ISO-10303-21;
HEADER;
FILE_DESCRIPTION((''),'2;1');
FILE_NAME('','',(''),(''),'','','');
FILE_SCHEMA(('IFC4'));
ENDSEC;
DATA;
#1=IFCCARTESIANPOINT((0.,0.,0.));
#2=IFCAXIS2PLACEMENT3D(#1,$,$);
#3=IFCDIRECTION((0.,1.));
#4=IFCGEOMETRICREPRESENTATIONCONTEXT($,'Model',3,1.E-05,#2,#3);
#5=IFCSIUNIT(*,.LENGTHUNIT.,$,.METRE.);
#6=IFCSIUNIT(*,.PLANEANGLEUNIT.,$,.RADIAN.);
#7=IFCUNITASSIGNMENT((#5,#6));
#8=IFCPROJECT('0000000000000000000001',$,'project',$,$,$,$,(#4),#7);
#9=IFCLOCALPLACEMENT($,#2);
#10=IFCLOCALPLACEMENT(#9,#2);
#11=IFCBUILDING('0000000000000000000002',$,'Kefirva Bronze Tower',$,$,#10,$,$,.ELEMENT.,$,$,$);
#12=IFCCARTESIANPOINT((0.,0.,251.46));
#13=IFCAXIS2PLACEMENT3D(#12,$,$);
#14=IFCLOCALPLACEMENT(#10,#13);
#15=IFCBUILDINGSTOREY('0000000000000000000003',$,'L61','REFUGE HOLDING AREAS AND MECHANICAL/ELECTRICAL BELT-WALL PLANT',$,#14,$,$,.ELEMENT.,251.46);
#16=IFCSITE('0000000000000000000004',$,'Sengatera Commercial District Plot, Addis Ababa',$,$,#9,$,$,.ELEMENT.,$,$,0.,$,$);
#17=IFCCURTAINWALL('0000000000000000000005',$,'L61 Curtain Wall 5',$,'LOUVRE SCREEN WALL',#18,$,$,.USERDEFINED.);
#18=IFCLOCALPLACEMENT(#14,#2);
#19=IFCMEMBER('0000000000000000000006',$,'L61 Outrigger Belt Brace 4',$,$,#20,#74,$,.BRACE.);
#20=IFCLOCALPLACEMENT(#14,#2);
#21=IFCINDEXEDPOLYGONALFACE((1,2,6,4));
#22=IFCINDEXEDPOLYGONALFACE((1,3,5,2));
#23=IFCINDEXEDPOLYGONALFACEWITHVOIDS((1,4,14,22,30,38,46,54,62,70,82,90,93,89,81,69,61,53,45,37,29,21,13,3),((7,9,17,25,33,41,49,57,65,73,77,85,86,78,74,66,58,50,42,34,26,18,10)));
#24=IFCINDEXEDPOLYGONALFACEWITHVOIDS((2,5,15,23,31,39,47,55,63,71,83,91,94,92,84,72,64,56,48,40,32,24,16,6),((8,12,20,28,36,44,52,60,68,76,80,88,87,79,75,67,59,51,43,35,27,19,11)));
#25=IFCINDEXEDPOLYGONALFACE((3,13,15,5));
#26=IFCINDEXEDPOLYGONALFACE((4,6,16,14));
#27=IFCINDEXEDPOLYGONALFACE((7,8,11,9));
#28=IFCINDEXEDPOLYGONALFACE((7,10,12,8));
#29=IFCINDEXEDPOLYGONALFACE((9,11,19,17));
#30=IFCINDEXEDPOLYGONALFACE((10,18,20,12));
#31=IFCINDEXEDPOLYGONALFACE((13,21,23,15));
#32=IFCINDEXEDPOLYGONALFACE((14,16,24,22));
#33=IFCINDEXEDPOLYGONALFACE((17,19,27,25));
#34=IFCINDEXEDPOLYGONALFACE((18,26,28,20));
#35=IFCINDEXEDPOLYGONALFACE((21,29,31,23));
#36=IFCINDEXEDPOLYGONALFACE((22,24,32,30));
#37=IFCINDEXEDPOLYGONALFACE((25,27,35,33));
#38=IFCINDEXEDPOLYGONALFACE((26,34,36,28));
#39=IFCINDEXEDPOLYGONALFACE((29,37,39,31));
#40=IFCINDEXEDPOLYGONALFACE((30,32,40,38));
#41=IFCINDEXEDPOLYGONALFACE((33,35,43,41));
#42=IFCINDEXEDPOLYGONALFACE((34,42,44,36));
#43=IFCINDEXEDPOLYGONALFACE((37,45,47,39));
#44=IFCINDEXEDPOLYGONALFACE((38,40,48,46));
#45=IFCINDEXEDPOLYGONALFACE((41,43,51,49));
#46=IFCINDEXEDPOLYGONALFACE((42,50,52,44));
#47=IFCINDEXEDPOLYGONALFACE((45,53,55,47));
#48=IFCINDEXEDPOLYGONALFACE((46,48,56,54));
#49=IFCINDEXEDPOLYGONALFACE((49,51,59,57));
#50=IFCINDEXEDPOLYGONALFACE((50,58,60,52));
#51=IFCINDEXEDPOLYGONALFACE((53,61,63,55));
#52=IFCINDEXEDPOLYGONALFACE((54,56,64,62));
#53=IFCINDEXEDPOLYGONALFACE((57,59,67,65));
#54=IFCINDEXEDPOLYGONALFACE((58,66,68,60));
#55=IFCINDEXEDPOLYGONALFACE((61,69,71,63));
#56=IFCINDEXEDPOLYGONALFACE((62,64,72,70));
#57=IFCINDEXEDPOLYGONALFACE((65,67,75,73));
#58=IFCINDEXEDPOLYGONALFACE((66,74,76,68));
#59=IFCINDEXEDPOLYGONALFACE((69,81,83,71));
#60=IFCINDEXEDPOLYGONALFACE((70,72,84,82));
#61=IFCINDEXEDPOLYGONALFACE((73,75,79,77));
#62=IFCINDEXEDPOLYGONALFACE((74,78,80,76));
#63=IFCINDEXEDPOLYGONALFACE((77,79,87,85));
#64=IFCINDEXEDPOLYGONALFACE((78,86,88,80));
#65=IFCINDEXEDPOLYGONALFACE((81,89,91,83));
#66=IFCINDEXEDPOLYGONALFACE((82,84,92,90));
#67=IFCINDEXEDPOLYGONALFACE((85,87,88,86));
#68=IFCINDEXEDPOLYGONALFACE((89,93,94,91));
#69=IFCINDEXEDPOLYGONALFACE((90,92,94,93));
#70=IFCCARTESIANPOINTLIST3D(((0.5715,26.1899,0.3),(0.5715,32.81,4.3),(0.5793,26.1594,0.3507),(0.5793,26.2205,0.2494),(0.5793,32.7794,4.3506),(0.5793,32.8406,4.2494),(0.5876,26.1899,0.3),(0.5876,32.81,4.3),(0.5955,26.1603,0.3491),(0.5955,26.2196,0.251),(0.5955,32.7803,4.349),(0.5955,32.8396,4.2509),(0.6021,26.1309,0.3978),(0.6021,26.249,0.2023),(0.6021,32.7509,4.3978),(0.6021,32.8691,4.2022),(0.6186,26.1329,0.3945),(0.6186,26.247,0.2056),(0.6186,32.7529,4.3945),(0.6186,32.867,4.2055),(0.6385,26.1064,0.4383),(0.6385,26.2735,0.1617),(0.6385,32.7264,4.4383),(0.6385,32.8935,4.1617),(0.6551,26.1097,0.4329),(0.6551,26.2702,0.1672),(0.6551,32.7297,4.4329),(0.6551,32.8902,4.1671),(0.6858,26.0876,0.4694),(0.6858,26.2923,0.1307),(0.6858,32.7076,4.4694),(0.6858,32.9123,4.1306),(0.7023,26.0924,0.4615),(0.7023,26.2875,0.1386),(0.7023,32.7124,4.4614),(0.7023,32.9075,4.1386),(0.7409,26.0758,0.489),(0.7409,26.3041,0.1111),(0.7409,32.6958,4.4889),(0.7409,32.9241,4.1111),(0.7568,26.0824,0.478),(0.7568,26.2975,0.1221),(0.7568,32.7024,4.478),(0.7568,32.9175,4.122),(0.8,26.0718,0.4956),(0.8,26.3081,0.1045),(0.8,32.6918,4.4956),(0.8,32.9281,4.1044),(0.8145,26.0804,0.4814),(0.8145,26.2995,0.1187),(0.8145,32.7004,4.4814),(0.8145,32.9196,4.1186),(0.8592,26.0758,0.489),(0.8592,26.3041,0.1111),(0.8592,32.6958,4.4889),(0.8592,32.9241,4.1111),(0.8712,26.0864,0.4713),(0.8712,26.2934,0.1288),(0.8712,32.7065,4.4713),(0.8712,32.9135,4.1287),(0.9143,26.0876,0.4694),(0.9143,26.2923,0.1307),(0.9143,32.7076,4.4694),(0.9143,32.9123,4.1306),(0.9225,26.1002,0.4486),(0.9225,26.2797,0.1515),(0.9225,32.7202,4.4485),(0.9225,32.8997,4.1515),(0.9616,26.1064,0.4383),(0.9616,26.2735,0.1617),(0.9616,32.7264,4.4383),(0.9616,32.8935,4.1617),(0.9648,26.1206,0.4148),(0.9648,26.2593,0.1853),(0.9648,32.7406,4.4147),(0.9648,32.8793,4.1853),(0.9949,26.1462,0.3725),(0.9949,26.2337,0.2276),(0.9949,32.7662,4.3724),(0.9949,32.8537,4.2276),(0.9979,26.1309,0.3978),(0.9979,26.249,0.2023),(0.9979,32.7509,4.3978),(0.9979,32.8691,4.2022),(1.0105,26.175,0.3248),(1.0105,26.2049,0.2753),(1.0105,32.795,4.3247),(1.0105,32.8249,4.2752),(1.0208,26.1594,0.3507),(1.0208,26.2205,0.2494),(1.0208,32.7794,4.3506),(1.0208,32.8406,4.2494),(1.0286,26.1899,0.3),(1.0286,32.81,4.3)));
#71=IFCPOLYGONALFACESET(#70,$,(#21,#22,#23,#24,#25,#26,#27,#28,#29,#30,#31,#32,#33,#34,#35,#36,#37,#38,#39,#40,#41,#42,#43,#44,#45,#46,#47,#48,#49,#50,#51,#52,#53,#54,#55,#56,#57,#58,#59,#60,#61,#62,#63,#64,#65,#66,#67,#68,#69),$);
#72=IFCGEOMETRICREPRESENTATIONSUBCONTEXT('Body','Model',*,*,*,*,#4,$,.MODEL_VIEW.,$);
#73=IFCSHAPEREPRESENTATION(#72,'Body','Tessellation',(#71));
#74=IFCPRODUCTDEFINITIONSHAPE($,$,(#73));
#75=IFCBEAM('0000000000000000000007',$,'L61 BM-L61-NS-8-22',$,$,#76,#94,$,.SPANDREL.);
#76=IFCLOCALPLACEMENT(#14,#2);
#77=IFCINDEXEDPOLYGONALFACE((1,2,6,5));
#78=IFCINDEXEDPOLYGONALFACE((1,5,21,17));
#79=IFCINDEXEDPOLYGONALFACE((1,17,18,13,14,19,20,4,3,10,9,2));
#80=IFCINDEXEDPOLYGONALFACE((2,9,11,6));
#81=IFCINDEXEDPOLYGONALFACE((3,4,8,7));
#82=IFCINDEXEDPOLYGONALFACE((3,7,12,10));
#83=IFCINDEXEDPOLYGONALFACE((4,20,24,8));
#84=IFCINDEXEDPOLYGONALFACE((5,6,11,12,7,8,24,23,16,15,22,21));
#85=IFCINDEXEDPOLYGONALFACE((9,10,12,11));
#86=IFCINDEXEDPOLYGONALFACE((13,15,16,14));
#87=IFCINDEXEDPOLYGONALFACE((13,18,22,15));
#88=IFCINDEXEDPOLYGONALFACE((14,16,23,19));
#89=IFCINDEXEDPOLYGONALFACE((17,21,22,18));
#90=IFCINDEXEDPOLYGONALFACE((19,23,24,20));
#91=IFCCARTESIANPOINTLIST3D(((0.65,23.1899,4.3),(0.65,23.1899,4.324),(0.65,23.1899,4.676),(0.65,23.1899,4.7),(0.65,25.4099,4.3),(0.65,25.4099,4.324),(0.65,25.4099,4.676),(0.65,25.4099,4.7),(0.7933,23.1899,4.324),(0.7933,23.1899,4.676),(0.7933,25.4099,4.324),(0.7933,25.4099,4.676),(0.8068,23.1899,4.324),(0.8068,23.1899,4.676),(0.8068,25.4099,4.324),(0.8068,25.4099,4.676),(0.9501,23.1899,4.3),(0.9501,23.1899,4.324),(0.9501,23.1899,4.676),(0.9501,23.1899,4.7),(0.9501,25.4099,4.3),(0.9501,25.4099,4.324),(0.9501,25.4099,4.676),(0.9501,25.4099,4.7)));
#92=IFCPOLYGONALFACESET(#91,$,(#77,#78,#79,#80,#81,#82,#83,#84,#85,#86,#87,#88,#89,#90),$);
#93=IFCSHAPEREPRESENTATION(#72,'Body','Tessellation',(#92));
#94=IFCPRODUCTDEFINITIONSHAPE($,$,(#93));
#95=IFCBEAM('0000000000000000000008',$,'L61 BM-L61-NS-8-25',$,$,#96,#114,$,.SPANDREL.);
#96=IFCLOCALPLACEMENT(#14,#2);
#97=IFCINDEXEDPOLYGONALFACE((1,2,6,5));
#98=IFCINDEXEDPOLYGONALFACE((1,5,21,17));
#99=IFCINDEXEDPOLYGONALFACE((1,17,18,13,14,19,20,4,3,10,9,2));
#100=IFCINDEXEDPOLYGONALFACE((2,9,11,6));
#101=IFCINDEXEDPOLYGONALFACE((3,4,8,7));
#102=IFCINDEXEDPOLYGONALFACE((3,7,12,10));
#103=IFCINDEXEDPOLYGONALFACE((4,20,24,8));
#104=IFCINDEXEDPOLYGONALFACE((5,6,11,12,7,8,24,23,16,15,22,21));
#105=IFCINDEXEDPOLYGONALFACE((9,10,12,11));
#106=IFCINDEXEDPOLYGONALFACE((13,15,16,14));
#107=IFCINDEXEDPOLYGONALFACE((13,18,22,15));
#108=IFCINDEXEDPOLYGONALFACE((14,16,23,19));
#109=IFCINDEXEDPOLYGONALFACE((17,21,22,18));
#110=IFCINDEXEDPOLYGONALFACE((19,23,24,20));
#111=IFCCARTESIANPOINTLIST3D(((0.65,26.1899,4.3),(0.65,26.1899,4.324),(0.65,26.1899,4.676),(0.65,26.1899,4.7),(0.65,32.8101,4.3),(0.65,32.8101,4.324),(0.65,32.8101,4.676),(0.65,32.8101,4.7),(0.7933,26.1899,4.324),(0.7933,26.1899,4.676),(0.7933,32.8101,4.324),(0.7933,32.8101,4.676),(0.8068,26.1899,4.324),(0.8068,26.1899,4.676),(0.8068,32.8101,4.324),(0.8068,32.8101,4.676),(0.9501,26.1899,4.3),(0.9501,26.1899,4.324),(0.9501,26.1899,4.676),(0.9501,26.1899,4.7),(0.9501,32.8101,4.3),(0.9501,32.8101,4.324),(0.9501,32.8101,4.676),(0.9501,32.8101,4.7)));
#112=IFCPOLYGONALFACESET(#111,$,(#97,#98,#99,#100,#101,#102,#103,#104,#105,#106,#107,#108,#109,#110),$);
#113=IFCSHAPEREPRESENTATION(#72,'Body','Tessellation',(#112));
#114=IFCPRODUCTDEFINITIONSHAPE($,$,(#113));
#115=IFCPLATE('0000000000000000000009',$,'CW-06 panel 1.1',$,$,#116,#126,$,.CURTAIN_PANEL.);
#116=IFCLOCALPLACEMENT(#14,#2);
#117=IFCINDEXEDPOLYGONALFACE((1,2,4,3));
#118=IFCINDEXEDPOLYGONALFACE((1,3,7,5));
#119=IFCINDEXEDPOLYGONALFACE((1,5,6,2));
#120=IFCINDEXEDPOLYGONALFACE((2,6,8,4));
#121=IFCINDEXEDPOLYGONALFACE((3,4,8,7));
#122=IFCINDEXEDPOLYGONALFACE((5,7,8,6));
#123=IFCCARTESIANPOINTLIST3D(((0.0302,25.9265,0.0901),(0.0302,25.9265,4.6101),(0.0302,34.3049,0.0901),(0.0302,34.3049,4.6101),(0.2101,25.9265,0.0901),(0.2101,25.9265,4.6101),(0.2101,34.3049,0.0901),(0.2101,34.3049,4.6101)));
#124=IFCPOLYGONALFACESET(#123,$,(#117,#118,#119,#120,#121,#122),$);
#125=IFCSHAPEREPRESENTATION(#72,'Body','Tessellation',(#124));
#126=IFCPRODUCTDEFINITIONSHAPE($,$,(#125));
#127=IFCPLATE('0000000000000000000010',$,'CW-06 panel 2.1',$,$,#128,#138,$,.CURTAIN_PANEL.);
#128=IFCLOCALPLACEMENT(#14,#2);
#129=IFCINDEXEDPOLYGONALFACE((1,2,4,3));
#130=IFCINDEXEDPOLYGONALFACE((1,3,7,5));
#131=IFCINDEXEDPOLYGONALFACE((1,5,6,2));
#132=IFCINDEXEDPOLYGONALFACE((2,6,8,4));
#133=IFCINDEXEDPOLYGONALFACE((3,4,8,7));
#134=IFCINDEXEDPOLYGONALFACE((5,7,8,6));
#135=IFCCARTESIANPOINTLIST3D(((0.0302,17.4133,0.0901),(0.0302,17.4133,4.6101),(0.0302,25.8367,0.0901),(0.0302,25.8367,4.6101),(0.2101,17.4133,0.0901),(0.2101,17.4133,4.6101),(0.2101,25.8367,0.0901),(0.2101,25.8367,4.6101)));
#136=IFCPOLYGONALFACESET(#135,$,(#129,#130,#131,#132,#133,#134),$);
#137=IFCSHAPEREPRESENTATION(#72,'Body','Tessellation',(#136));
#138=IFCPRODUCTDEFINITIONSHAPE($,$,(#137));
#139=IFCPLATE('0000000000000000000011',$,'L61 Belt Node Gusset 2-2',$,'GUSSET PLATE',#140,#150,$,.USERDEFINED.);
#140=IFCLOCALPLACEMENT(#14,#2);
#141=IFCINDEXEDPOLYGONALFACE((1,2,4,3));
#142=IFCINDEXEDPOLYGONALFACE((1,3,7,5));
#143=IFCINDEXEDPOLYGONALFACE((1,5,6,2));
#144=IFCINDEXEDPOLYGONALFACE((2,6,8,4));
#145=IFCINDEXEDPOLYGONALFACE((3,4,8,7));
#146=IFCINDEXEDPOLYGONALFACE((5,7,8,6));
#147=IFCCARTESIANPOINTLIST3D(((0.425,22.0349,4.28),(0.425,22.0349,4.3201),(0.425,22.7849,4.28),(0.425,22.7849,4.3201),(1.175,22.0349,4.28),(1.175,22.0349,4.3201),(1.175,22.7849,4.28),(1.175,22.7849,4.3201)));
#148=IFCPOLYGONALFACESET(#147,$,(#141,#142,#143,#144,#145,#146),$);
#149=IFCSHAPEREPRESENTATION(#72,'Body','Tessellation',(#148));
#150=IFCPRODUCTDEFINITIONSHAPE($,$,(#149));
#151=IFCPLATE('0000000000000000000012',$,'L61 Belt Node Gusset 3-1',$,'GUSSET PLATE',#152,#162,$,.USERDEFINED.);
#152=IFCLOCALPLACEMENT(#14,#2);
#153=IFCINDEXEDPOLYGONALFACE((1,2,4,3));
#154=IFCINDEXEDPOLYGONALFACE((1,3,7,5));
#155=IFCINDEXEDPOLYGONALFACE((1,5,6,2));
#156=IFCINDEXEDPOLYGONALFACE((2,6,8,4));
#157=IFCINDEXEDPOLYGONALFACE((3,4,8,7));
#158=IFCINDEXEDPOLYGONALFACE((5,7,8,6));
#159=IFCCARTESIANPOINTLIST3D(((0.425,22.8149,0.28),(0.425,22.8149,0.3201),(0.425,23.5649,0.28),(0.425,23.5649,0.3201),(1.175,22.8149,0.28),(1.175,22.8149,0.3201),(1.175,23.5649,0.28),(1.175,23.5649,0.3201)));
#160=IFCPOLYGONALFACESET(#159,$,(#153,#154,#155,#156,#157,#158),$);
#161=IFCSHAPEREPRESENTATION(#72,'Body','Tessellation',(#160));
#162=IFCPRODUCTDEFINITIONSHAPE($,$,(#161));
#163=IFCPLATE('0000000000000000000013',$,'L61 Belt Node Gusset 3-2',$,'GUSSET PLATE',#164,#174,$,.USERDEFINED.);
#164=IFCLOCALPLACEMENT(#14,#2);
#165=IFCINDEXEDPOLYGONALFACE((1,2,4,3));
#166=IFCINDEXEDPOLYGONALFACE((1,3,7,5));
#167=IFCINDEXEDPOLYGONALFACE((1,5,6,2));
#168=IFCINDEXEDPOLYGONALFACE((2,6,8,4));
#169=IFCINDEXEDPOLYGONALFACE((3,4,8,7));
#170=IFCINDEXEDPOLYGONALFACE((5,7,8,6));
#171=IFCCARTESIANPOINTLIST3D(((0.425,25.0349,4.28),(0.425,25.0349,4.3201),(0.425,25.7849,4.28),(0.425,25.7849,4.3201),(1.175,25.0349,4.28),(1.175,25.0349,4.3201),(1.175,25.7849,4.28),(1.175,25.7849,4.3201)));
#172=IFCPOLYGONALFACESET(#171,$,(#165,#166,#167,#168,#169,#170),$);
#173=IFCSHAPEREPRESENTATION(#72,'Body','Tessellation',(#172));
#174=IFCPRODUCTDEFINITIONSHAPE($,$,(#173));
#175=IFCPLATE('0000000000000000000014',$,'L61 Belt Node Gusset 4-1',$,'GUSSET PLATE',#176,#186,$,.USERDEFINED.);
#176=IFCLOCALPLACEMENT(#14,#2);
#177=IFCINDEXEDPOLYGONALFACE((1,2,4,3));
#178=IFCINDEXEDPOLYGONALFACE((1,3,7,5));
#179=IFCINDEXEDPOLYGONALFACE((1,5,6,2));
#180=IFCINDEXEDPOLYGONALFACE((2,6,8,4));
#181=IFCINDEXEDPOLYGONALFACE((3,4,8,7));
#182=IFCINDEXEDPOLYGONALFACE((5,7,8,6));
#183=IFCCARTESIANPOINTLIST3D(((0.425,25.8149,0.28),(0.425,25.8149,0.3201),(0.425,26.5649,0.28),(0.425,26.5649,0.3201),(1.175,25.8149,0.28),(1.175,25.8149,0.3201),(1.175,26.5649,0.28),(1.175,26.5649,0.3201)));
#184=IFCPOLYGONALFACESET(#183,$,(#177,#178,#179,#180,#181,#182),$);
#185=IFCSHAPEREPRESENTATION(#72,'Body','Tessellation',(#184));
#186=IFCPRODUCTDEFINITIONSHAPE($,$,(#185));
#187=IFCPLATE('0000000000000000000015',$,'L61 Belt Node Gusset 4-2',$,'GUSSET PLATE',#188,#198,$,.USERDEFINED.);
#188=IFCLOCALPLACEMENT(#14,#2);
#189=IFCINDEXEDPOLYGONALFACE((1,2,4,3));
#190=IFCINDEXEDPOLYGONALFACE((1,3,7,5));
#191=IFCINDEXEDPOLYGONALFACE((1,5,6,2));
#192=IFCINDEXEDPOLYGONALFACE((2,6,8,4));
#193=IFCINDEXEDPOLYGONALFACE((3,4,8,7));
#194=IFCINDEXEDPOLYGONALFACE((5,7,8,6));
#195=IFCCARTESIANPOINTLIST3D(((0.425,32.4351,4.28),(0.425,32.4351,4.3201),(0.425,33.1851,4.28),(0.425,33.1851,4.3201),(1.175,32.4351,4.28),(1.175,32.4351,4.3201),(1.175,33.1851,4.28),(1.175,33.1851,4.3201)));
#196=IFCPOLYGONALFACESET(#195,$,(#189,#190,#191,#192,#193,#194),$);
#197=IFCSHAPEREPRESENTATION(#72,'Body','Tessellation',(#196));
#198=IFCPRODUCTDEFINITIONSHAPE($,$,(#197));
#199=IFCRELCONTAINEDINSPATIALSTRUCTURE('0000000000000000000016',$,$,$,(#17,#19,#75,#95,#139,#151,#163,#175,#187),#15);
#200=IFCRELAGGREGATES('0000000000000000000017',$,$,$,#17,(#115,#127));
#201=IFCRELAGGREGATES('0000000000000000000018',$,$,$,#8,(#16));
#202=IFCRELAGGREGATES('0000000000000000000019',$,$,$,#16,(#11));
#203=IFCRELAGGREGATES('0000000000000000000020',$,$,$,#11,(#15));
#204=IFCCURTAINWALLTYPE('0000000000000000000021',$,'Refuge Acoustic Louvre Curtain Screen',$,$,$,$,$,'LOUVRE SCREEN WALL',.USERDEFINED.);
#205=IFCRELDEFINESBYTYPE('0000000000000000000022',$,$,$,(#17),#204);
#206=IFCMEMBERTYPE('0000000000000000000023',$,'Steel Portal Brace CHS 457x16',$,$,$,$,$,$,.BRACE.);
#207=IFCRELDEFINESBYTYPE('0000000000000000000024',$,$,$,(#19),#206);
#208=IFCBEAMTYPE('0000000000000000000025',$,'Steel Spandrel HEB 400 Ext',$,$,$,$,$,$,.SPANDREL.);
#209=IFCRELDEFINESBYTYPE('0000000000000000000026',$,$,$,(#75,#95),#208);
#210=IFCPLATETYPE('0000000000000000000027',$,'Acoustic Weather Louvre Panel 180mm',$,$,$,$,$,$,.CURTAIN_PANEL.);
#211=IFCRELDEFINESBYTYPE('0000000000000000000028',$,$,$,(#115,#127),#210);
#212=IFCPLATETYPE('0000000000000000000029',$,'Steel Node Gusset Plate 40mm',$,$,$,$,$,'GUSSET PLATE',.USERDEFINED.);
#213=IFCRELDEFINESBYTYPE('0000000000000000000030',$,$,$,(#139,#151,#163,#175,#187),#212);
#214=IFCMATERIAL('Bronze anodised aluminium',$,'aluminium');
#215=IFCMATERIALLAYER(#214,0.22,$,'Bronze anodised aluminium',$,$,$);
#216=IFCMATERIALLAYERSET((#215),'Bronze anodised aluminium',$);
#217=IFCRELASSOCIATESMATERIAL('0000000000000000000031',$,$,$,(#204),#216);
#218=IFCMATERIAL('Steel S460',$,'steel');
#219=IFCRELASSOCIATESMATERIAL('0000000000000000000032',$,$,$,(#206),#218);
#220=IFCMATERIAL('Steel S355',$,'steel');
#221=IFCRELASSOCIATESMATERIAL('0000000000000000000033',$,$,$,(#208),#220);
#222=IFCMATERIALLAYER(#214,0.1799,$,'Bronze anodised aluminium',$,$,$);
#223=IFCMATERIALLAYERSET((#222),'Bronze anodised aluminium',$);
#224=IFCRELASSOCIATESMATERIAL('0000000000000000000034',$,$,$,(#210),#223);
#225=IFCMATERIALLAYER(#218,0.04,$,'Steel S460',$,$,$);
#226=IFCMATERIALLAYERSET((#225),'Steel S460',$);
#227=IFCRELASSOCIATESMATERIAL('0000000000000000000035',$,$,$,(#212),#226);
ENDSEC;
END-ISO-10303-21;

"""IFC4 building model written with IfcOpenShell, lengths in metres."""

from ifc_helpers import new_model, si_unit, direction, frame, origin, origin_2d, place, context, subcontext, project, spatial, rectangle, hollow_circle, i_section, extrude, material, layer, layer_set, material_profile, profile_set, type_object, element, aggregate, save


model = new_model("IFC4")

# Units and contexts
model_context = context("Model", 3, precision=1e-05, world=origin(), true_north=direction((0.0, 1.0)))
body_context = subcontext(model_context, "Body", "Model", "MODEL_VIEW")
ifc_project = project(units=[si_unit("LENGTHUNIT", "METRE"), si_unit("PLANEANGLEUNIT", "RADIAN")], contexts=[model_context])

# Site, building, storey
site_placement = place(None, origin())
site = spatial("IfcSite", under=ifc_project, at=site_placement, Name="Sengatera Commercial District Plot, Addis Ababa", CompositionType="ELEMENT", RefElevation=0.0)
building_placement = place(site_placement, origin())
building = spatial("IfcBuilding", under=site, at=building_placement, Name="Kefirva Bronze Tower", CompositionType="ELEMENT")
storey_placement = place(building_placement, frame((0.0, 0.0, 251.46)))
storey = spatial("IfcBuildingStorey", under=building, at=storey_placement, Name="L61", Description="REFUGE HOLDING AREAS AND MECHANICAL/ELECTRICAL BELT-WALL PLANT", CompositionType="ELEMENT", Elevation=251.46)

# Curtain wall
ifc_material_1 = material(Name="Bronze anodised aluminium", Category="aluminium")
ifc_layer_1 = layer(ifc_material_1, 0.22, Name="Bronze anodised aluminium")
ifc_layer_set_1 = layer_set([ifc_layer_1], Name="Bronze anodised aluminium")
curtain_wall_type = type_object("IfcCurtainWallType", Name="Refuge Acoustic Louvre Curtain Screen", ElementType="LOUVRE SCREEN WALL", PredefinedType="USERDEFINED", material=ifc_layer_set_1)
curtain_wall_placement = place(storey_placement, origin())
curtain_wall = element("IfcCurtainWall", 1, at=curtain_wall_placement, inside=storey, type_object=curtain_wall_type, Name="L61 Curtain Wall 5", ObjectType="LOUVRE SCREEN WALL", PredefinedType="USERDEFINED")

# Member
ifc_material_2 = material(Name="Steel S460", Category="steel")
ifc_material_profile_1 = material_profile(ifc_material_2, hollow_circle(Radius=0.2285, WallThickness=0.0161, at=origin_2d()), Name="CHS 457x16")
ifc_profile_set_1 = profile_set([ifc_material_profile_1], Name="Steel S460")
member_type_1 = type_object("IfcMemberType", Name="Steel Portal Brace CHS 457x16", PredefinedType="BRACE", material=ifc_profile_set_1)
member_1_placement = place(storey_placement, frame((0.8, 26.1899, 0.3), z_axis=(0.0, 0.855896, 0.517148), x_axis=(-1.0, 0.0, 0.0)))
element("IfcMember", 2, at=member_1_placement, inside=storey, type_object=member_type_1, Name="L61 Outrigger Belt Brace 4", PredefinedType="BRACE", context=body_context, shape_type="SweptSolid", body=[
    extrude(hollow_circle(Radius=0.2285, WallThickness=0.0161, at=origin_2d()), origin(), (0.0, 0.0, 1.0), 7.7346),
])

# Beams
ifc_material_3 = material(Name="Steel S355", Category="steel")
ifc_material_profile_2 = material_profile(ifc_material_3, i_section(OverallWidth=0.3, OverallDepth=0.3999, WebThickness=0.0134, FlangeThickness=0.0239, at=origin_2d()), Name="HEB 400")
ifc_profile_set_2 = profile_set([ifc_material_profile_2], Name="Steel S355")
beam_type = type_object("IfcBeamType", Name="Steel Spandrel HEB 400 Ext", PredefinedType="SPANDREL", material=ifc_profile_set_2)
beam_1_placement = place(storey_placement, frame((0.8, 23.1899, 4.5), z_axis=(0.0, 1.0, 0.0), x_axis=(-1.0, 0.0, 0.0)))
element("IfcBeam", 3, at=beam_1_placement, inside=storey, type_object=beam_type, Name="L61 BM-L61-NS-8-22", PredefinedType="SPANDREL", context=body_context, shape_type="SweptSolid", body=[
    extrude(i_section(OverallWidth=0.3, OverallDepth=0.3999, WebThickness=0.0134, FlangeThickness=0.0239, at=origin_2d()), origin(), (0.0, 0.0, 1.0), 2.22),
])
beam_2_placement = place(storey_placement, frame((0.8, 26.1899, 4.5), z_axis=(0.0, 1.0, 0.0), x_axis=(-1.0, 0.0, 0.0)))
element("IfcBeam", 4, at=beam_2_placement, inside=storey, type_object=beam_type, Name="L61 BM-L61-NS-8-25", PredefinedType="SPANDREL", context=body_context, shape_type="SweptSolid", body=[
    extrude(i_section(OverallWidth=0.3, OverallDepth=0.3999, WebThickness=0.0134, FlangeThickness=0.0239, at=origin_2d()), origin(), (0.0, 0.0, 1.0), 6.6201),
])

# Plates
ifc_layer_2 = layer(ifc_material_1, 0.1799, Name="Bronze anodised aluminium")
ifc_layer_set_2 = layer_set([ifc_layer_2], Name="Bronze anodised aluminium")
plate_type_1 = type_object("IfcPlateType", Name="Acoustic Weather Louvre Panel 180mm", PredefinedType="CURTAIN_PANEL", material=ifc_layer_set_2)
plate_1_placement = place(storey_placement, frame((0.1201, 30.1157, 0.0901), z_axis=(0.0, 0.0, 1.0), x_axis=(0.0, -1.0, 0.0)))
plate_1 = element("IfcPlate", 5, at=plate_1_placement, type_object=plate_type_1, Name="CW-06 panel 1.1", PredefinedType="CURTAIN_PANEL", context=body_context, shape_type="SweptSolid", body=[
    extrude(rectangle(XDim=8.3784, YDim=0.1799, at=origin_2d()), origin(), (0.0, 0.0, 1.0), 4.52),
])
plate_2_placement = place(storey_placement, frame((0.1201, 21.625, 0.0901), z_axis=(0.0, 0.0, 1.0), x_axis=(0.0, -1.0, 0.0)))
plate_2 = element("IfcPlate", 6, at=plate_2_placement, type_object=plate_type_1, Name="CW-06 panel 2.1", PredefinedType="CURTAIN_PANEL", context=body_context, shape_type="SweptSolid", body=[
    extrude(rectangle(XDim=8.4233, YDim=0.1799, at=origin_2d()), origin(), (0.0, 0.0, 1.0), 4.52),
])
aggregate(curtain_wall, [plate_1, plate_2])

# Plates
ifc_layer_3 = layer(ifc_material_2, 0.04, Name="Steel S460")
ifc_layer_set_3 = layer_set([ifc_layer_3], Name="Steel S460")
plate_type_2 = type_object("IfcPlateType", Name="Steel Node Gusset Plate 40mm", ElementType="GUSSET PLATE", PredefinedType="USERDEFINED", material=ifc_layer_set_3)
for number, where, z_axis, x_axis, name in (
    (7, (0.8, 22.4099, 4.28), (0.0, 0.0, 1.0), (1.0, 0.0, 0.0), "L61 Belt Node Gusset 2-2"),
    (8, (0.8, 23.1899, 0.28), (0.0, 0.0, 1.0), (1.0, 0.0, 0.0), "L61 Belt Node Gusset 3-1"),
    (9, (0.8, 25.4099, 4.28), (0.0, 0.0, 1.0), (1.0, 0.0, 0.0), "L61 Belt Node Gusset 3-2"),
    (10, (0.8, 26.1899, 0.28), (0.0, 0.0, 1.0), (1.0, 0.0, 0.0), "L61 Belt Node Gusset 4-1"),
    (11, (0.8, 32.8101, 4.28), (0.0, 0.0, 1.0), (1.0, 0.0, 0.0), "L61 Belt Node Gusset 4-2"),
):
    element("IfcPlate", number, at=place(storey_placement, frame(where, z_axis=z_axis, x_axis=x_axis)), inside=storey, type_object=plate_type_2, Name=name, ObjectType="GUSSET PLATE", PredefinedType="USERDEFINED", context=body_context, shape_type="SweptSolid", body=[
        extrude(rectangle(XDim=0.75, YDim=0.75, at=origin_2d()), origin(), (0.0, 0.0, 1.0), 0.04),
    ])

save(model, "model.ifc")
